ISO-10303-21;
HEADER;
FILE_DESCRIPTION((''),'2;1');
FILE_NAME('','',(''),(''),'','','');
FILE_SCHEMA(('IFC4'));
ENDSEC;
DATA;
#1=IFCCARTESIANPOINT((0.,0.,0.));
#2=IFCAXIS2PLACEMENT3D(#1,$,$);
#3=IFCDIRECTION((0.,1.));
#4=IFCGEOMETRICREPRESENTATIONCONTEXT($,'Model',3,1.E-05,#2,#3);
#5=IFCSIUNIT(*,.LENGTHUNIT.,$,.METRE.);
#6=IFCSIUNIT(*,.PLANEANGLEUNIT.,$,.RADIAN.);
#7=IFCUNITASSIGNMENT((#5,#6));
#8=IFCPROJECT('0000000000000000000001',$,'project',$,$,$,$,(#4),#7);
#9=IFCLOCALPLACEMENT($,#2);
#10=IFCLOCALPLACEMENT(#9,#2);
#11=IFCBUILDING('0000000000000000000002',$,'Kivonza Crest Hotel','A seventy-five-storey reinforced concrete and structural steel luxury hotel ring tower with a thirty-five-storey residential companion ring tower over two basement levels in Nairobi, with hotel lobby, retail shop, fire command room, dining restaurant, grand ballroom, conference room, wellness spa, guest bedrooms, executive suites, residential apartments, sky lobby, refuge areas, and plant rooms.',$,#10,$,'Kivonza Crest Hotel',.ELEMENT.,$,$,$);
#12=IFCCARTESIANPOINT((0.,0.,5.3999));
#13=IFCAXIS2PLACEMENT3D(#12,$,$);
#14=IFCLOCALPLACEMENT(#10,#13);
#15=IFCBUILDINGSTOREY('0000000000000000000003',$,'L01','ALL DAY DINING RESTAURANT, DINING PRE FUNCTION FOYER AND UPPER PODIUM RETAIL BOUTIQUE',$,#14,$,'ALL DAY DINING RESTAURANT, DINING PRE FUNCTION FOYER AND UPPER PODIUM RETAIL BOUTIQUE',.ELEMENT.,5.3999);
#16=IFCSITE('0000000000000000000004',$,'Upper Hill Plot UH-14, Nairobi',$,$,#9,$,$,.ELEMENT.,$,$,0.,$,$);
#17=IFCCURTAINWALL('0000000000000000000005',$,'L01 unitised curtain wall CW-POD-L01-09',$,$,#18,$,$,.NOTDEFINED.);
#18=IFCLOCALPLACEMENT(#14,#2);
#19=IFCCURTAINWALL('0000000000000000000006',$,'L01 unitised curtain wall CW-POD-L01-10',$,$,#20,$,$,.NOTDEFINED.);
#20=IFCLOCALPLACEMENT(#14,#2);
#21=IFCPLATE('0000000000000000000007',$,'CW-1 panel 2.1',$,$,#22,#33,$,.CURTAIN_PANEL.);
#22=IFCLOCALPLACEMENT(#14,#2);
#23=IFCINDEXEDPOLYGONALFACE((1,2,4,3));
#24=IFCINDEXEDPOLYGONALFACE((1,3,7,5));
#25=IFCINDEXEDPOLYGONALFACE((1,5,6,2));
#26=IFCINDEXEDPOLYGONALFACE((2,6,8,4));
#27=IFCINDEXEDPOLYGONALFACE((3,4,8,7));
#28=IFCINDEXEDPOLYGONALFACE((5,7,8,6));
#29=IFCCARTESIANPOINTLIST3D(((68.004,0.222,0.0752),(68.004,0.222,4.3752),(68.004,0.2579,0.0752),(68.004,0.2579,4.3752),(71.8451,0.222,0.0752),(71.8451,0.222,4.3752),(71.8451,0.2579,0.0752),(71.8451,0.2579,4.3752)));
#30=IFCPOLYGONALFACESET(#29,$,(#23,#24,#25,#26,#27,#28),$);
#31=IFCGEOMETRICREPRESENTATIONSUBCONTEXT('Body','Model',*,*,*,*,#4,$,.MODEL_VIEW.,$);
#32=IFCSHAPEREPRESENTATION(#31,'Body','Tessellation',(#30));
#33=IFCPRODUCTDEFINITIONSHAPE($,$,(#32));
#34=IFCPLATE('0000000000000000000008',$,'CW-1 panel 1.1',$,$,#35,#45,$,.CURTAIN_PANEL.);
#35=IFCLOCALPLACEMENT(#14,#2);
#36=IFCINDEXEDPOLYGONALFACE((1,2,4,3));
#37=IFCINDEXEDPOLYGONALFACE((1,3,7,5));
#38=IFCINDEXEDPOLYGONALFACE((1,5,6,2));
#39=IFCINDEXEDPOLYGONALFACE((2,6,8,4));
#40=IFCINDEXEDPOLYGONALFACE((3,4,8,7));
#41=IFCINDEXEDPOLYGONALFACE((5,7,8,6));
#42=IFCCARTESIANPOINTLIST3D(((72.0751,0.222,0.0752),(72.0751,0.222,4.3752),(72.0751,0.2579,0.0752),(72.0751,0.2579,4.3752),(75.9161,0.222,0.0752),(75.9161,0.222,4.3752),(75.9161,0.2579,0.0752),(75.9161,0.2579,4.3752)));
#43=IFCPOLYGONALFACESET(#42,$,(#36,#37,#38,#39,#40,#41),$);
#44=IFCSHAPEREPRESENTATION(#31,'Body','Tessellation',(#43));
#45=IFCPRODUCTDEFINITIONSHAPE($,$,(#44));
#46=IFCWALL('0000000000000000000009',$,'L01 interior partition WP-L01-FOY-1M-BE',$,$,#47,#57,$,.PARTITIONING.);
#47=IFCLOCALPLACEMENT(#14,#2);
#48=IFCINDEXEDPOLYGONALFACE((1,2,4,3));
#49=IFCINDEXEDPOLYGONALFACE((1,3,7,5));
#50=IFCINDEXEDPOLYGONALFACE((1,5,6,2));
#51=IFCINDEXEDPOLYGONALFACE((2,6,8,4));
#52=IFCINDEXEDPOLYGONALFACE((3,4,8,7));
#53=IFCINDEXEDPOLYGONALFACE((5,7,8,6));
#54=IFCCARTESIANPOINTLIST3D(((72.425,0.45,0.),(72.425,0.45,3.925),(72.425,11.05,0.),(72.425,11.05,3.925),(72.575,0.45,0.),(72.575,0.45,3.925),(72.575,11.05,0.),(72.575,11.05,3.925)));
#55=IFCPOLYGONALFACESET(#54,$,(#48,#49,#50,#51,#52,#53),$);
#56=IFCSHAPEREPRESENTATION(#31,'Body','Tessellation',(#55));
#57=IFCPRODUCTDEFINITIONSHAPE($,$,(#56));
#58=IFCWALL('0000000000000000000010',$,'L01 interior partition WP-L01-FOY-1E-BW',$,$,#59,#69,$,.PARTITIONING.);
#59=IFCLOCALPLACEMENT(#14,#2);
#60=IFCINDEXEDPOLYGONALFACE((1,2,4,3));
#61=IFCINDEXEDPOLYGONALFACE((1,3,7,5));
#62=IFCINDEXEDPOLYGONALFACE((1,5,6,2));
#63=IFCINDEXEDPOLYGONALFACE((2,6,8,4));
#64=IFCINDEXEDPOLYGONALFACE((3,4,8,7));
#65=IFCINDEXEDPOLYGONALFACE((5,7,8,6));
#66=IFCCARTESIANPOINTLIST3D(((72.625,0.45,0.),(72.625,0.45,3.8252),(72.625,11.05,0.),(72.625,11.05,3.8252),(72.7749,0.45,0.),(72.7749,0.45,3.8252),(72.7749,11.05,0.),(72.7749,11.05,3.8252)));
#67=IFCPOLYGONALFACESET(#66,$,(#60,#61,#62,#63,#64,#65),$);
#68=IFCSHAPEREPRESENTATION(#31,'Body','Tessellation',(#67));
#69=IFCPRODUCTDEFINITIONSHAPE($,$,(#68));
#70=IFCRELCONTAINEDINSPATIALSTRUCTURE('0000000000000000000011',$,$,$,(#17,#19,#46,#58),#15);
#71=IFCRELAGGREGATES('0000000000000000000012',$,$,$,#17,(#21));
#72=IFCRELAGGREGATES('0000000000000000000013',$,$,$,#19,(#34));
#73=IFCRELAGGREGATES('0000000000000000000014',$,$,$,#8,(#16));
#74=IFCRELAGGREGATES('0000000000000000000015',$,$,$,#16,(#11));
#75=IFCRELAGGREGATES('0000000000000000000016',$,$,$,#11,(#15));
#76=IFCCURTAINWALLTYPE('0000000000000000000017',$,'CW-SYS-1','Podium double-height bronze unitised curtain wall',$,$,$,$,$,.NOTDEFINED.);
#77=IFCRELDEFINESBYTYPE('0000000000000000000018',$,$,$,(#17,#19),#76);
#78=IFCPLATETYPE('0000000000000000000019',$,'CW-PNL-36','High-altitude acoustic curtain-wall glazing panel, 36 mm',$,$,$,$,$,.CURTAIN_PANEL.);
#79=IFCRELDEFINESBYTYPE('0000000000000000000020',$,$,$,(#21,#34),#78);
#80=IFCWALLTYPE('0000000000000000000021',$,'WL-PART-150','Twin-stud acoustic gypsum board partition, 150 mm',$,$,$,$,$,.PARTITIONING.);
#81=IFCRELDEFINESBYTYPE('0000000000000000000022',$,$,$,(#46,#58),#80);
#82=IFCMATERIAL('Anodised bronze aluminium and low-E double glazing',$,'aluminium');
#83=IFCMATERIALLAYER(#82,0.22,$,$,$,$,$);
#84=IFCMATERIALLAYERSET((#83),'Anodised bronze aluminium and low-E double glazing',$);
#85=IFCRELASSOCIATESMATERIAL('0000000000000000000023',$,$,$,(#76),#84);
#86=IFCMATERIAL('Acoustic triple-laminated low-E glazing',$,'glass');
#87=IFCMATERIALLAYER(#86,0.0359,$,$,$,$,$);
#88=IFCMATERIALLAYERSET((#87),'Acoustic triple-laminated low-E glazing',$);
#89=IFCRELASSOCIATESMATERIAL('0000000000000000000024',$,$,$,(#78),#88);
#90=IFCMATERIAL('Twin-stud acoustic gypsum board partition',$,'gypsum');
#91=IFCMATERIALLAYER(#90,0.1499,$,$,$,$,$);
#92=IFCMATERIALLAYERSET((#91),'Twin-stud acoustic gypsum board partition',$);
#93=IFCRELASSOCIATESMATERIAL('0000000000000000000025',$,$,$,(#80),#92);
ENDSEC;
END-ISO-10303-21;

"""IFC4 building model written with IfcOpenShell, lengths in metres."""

from ifc_helpers import new_model, si_unit, direction, frame, frame_2d, origin, origin_2d, place, context, subcontext, project, spatial, rectangle, extrude, material, layer, layer_set, type_object, element, aggregate, save


model = new_model("IFC4")

# Units and contexts
model_context = context("Model", 3, precision=1e-05, world=origin(), true_north=direction((0.0, 1.0)))
body_context = subcontext(model_context, "Body", "Model", "MODEL_VIEW")
ifc_project = project(units=[si_unit("LENGTHUNIT", "METRE"), si_unit("PLANEANGLEUNIT", "RADIAN")], contexts=[model_context])

# Site, building, storey
site_placement = place(None, origin())
site = spatial("IfcSite", under=ifc_project, at=site_placement, Name="Upper Hill Plot UH-14, Nairobi", CompositionType="ELEMENT", RefElevation=0.0)
building_placement = place(site_placement, origin())
building = spatial("IfcBuilding", under=site, at=building_placement, Name="Kivonza Crest Hotel", Description="A seventy-five-storey reinforced concrete and structural steel luxury hotel ring tower with a thirty-five-storey residential companion ring tower over two basement levels in Nairobi, with hotel lobby, retail shop, fire command room, dining restaurant, grand ballroom, conference room, wellness spa, guest bedrooms, executive suites, residential apartments, sky lobby, refuge areas, and plant rooms.", LongName="Kivonza Crest Hotel", CompositionType="ELEMENT")
storey_placement = place(building_placement, frame((0.0, 0.0, 5.3999)))
storey = spatial("IfcBuildingStorey", under=building, at=storey_placement, Name="L01", Description="ALL DAY DINING RESTAURANT, DINING PRE FUNCTION FOYER AND UPPER PODIUM RETAIL BOUTIQUE", LongName="ALL DAY DINING RESTAURANT, DINING PRE FUNCTION FOYER AND UPPER PODIUM RETAIL BOUTIQUE", CompositionType="ELEMENT", Elevation=5.3999)

# Curtain walls
ifc_material_1 = material(Name="Anodised bronze aluminium and low-E double glazing", Category="aluminium")
ifc_layer_1 = layer(ifc_material_1, 0.22)
ifc_layer_set_1 = layer_set([ifc_layer_1], Name="Anodised bronze aluminium and low-E double glazing")
curtain_wall_type = type_object("IfcCurtainWallType", Name="CW-SYS-1", Description="Podium double-height bronze unitised curtain wall", PredefinedType="NOTDEFINED", material=ifc_layer_set_1)
curtain_wall_1_placement = place(storey_placement, origin())
curtain_wall_1 = element("IfcCurtainWall", 1, at=curtain_wall_1_placement, inside=storey, type_object=curtain_wall_type, Name="L01 unitised curtain wall CW-POD-L01-09", PredefinedType="NOTDEFINED")
curtain_wall_2_placement = place(storey_placement, origin())
curtain_wall_2 = element("IfcCurtainWall", 2, at=curtain_wall_2_placement, inside=storey, type_object=curtain_wall_type, Name="L01 unitised curtain wall CW-POD-L01-10", PredefinedType="NOTDEFINED")

# Plates
ifc_material_2 = material(Name="Acoustic triple-laminated low-E glazing", Category="glass")
ifc_layer_2 = layer(ifc_material_2, 0.0359)
ifc_layer_set_2 = layer_set([ifc_layer_2], Name="Acoustic triple-laminated low-E glazing")
plate_type = type_object("IfcPlateType", Name="CW-PNL-36", Description="High-altitude acoustic curtain-wall glazing panel, 36 mm", PredefinedType="CURTAIN_PANEL", material=ifc_layer_set_2)
plate_1_placement = place(storey_placement, frame((69.9246, 0.24, 0.0752), z_axis=(0.0, 0.0, 1.0), x_axis=(1.0, 0.0, 0.0)))
plate_1 = element("IfcPlate", 3, at=plate_1_placement, type_object=plate_type, Name="CW-1 panel 2.1", PredefinedType="CURTAIN_PANEL", context=body_context, shape_type="SweptSolid", body=[
    extrude(rectangle(XDim=3.8411, YDim=0.0359, at=origin_2d()), origin(), (0.0, 0.0, 1.0), 4.3),
])
aggregate(curtain_wall_1, [plate_1])
plate_2_placement = place(storey_placement, frame((73.9956, 0.24, 0.0752), z_axis=(0.0, 0.0, 1.0), x_axis=(1.0, 0.0, 0.0)))
plate_2 = element("IfcPlate", 4, at=plate_2_placement, type_object=plate_type, Name="CW-1 panel 1.1", PredefinedType="CURTAIN_PANEL", context=body_context, shape_type="SweptSolid", body=[
    extrude(rectangle(XDim=3.8411, YDim=0.0359, at=origin_2d()), origin(), (0.0, 0.0, 1.0), 4.3),
])
aggregate(curtain_wall_2, [plate_2])

# Walls
ifc_material_3 = material(Name="Twin-stud acoustic gypsum board partition", Category="gypsum")
ifc_layer_3 = layer(ifc_material_3, 0.1499)
ifc_layer_set_3 = layer_set([ifc_layer_3], Name="Twin-stud acoustic gypsum board partition")
wall_type = type_object("IfcWallType", Name="WL-PART-150", Description="Twin-stud acoustic gypsum board partition, 150 mm", PredefinedType="PARTITIONING", material=ifc_layer_set_3)
wall_1_placement = place(storey_placement, frame((72.5, 0.45, 0.0), z_axis=(0.0, 0.0, 1.0), x_axis=(0.0, 1.0, 0.0)))
element("IfcWall", 5, at=wall_1_placement, inside=storey, type_object=wall_type, Name="L01 interior partition WP-L01-FOY-1M-BE", PredefinedType="PARTITIONING", context=body_context, shape_type="SweptSolid", body=[
    extrude(rectangle(XDim=10.6001, YDim=0.1499, at=frame_2d((5.3, 0.0))), origin(), (0.0, 0.0, 1.0), 3.925),
])
wall_2_placement = place(storey_placement, frame((72.7, 0.45, 0.0), z_axis=(0.0, 0.0, 1.0), x_axis=(0.0, 1.0, 0.0)))
element("IfcWall", 6, at=wall_2_placement, inside=storey, type_object=wall_type, Name="L01 interior partition WP-L01-FOY-1E-BW", PredefinedType="PARTITIONING", context=body_context, shape_type="SweptSolid", body=[
    extrude(rectangle(XDim=10.6001, YDim=0.1499, at=frame_2d((5.3, 0.0))), origin(), (0.0, 0.0, 1.0), 3.8252),
])

save(model, "model.ifc")
